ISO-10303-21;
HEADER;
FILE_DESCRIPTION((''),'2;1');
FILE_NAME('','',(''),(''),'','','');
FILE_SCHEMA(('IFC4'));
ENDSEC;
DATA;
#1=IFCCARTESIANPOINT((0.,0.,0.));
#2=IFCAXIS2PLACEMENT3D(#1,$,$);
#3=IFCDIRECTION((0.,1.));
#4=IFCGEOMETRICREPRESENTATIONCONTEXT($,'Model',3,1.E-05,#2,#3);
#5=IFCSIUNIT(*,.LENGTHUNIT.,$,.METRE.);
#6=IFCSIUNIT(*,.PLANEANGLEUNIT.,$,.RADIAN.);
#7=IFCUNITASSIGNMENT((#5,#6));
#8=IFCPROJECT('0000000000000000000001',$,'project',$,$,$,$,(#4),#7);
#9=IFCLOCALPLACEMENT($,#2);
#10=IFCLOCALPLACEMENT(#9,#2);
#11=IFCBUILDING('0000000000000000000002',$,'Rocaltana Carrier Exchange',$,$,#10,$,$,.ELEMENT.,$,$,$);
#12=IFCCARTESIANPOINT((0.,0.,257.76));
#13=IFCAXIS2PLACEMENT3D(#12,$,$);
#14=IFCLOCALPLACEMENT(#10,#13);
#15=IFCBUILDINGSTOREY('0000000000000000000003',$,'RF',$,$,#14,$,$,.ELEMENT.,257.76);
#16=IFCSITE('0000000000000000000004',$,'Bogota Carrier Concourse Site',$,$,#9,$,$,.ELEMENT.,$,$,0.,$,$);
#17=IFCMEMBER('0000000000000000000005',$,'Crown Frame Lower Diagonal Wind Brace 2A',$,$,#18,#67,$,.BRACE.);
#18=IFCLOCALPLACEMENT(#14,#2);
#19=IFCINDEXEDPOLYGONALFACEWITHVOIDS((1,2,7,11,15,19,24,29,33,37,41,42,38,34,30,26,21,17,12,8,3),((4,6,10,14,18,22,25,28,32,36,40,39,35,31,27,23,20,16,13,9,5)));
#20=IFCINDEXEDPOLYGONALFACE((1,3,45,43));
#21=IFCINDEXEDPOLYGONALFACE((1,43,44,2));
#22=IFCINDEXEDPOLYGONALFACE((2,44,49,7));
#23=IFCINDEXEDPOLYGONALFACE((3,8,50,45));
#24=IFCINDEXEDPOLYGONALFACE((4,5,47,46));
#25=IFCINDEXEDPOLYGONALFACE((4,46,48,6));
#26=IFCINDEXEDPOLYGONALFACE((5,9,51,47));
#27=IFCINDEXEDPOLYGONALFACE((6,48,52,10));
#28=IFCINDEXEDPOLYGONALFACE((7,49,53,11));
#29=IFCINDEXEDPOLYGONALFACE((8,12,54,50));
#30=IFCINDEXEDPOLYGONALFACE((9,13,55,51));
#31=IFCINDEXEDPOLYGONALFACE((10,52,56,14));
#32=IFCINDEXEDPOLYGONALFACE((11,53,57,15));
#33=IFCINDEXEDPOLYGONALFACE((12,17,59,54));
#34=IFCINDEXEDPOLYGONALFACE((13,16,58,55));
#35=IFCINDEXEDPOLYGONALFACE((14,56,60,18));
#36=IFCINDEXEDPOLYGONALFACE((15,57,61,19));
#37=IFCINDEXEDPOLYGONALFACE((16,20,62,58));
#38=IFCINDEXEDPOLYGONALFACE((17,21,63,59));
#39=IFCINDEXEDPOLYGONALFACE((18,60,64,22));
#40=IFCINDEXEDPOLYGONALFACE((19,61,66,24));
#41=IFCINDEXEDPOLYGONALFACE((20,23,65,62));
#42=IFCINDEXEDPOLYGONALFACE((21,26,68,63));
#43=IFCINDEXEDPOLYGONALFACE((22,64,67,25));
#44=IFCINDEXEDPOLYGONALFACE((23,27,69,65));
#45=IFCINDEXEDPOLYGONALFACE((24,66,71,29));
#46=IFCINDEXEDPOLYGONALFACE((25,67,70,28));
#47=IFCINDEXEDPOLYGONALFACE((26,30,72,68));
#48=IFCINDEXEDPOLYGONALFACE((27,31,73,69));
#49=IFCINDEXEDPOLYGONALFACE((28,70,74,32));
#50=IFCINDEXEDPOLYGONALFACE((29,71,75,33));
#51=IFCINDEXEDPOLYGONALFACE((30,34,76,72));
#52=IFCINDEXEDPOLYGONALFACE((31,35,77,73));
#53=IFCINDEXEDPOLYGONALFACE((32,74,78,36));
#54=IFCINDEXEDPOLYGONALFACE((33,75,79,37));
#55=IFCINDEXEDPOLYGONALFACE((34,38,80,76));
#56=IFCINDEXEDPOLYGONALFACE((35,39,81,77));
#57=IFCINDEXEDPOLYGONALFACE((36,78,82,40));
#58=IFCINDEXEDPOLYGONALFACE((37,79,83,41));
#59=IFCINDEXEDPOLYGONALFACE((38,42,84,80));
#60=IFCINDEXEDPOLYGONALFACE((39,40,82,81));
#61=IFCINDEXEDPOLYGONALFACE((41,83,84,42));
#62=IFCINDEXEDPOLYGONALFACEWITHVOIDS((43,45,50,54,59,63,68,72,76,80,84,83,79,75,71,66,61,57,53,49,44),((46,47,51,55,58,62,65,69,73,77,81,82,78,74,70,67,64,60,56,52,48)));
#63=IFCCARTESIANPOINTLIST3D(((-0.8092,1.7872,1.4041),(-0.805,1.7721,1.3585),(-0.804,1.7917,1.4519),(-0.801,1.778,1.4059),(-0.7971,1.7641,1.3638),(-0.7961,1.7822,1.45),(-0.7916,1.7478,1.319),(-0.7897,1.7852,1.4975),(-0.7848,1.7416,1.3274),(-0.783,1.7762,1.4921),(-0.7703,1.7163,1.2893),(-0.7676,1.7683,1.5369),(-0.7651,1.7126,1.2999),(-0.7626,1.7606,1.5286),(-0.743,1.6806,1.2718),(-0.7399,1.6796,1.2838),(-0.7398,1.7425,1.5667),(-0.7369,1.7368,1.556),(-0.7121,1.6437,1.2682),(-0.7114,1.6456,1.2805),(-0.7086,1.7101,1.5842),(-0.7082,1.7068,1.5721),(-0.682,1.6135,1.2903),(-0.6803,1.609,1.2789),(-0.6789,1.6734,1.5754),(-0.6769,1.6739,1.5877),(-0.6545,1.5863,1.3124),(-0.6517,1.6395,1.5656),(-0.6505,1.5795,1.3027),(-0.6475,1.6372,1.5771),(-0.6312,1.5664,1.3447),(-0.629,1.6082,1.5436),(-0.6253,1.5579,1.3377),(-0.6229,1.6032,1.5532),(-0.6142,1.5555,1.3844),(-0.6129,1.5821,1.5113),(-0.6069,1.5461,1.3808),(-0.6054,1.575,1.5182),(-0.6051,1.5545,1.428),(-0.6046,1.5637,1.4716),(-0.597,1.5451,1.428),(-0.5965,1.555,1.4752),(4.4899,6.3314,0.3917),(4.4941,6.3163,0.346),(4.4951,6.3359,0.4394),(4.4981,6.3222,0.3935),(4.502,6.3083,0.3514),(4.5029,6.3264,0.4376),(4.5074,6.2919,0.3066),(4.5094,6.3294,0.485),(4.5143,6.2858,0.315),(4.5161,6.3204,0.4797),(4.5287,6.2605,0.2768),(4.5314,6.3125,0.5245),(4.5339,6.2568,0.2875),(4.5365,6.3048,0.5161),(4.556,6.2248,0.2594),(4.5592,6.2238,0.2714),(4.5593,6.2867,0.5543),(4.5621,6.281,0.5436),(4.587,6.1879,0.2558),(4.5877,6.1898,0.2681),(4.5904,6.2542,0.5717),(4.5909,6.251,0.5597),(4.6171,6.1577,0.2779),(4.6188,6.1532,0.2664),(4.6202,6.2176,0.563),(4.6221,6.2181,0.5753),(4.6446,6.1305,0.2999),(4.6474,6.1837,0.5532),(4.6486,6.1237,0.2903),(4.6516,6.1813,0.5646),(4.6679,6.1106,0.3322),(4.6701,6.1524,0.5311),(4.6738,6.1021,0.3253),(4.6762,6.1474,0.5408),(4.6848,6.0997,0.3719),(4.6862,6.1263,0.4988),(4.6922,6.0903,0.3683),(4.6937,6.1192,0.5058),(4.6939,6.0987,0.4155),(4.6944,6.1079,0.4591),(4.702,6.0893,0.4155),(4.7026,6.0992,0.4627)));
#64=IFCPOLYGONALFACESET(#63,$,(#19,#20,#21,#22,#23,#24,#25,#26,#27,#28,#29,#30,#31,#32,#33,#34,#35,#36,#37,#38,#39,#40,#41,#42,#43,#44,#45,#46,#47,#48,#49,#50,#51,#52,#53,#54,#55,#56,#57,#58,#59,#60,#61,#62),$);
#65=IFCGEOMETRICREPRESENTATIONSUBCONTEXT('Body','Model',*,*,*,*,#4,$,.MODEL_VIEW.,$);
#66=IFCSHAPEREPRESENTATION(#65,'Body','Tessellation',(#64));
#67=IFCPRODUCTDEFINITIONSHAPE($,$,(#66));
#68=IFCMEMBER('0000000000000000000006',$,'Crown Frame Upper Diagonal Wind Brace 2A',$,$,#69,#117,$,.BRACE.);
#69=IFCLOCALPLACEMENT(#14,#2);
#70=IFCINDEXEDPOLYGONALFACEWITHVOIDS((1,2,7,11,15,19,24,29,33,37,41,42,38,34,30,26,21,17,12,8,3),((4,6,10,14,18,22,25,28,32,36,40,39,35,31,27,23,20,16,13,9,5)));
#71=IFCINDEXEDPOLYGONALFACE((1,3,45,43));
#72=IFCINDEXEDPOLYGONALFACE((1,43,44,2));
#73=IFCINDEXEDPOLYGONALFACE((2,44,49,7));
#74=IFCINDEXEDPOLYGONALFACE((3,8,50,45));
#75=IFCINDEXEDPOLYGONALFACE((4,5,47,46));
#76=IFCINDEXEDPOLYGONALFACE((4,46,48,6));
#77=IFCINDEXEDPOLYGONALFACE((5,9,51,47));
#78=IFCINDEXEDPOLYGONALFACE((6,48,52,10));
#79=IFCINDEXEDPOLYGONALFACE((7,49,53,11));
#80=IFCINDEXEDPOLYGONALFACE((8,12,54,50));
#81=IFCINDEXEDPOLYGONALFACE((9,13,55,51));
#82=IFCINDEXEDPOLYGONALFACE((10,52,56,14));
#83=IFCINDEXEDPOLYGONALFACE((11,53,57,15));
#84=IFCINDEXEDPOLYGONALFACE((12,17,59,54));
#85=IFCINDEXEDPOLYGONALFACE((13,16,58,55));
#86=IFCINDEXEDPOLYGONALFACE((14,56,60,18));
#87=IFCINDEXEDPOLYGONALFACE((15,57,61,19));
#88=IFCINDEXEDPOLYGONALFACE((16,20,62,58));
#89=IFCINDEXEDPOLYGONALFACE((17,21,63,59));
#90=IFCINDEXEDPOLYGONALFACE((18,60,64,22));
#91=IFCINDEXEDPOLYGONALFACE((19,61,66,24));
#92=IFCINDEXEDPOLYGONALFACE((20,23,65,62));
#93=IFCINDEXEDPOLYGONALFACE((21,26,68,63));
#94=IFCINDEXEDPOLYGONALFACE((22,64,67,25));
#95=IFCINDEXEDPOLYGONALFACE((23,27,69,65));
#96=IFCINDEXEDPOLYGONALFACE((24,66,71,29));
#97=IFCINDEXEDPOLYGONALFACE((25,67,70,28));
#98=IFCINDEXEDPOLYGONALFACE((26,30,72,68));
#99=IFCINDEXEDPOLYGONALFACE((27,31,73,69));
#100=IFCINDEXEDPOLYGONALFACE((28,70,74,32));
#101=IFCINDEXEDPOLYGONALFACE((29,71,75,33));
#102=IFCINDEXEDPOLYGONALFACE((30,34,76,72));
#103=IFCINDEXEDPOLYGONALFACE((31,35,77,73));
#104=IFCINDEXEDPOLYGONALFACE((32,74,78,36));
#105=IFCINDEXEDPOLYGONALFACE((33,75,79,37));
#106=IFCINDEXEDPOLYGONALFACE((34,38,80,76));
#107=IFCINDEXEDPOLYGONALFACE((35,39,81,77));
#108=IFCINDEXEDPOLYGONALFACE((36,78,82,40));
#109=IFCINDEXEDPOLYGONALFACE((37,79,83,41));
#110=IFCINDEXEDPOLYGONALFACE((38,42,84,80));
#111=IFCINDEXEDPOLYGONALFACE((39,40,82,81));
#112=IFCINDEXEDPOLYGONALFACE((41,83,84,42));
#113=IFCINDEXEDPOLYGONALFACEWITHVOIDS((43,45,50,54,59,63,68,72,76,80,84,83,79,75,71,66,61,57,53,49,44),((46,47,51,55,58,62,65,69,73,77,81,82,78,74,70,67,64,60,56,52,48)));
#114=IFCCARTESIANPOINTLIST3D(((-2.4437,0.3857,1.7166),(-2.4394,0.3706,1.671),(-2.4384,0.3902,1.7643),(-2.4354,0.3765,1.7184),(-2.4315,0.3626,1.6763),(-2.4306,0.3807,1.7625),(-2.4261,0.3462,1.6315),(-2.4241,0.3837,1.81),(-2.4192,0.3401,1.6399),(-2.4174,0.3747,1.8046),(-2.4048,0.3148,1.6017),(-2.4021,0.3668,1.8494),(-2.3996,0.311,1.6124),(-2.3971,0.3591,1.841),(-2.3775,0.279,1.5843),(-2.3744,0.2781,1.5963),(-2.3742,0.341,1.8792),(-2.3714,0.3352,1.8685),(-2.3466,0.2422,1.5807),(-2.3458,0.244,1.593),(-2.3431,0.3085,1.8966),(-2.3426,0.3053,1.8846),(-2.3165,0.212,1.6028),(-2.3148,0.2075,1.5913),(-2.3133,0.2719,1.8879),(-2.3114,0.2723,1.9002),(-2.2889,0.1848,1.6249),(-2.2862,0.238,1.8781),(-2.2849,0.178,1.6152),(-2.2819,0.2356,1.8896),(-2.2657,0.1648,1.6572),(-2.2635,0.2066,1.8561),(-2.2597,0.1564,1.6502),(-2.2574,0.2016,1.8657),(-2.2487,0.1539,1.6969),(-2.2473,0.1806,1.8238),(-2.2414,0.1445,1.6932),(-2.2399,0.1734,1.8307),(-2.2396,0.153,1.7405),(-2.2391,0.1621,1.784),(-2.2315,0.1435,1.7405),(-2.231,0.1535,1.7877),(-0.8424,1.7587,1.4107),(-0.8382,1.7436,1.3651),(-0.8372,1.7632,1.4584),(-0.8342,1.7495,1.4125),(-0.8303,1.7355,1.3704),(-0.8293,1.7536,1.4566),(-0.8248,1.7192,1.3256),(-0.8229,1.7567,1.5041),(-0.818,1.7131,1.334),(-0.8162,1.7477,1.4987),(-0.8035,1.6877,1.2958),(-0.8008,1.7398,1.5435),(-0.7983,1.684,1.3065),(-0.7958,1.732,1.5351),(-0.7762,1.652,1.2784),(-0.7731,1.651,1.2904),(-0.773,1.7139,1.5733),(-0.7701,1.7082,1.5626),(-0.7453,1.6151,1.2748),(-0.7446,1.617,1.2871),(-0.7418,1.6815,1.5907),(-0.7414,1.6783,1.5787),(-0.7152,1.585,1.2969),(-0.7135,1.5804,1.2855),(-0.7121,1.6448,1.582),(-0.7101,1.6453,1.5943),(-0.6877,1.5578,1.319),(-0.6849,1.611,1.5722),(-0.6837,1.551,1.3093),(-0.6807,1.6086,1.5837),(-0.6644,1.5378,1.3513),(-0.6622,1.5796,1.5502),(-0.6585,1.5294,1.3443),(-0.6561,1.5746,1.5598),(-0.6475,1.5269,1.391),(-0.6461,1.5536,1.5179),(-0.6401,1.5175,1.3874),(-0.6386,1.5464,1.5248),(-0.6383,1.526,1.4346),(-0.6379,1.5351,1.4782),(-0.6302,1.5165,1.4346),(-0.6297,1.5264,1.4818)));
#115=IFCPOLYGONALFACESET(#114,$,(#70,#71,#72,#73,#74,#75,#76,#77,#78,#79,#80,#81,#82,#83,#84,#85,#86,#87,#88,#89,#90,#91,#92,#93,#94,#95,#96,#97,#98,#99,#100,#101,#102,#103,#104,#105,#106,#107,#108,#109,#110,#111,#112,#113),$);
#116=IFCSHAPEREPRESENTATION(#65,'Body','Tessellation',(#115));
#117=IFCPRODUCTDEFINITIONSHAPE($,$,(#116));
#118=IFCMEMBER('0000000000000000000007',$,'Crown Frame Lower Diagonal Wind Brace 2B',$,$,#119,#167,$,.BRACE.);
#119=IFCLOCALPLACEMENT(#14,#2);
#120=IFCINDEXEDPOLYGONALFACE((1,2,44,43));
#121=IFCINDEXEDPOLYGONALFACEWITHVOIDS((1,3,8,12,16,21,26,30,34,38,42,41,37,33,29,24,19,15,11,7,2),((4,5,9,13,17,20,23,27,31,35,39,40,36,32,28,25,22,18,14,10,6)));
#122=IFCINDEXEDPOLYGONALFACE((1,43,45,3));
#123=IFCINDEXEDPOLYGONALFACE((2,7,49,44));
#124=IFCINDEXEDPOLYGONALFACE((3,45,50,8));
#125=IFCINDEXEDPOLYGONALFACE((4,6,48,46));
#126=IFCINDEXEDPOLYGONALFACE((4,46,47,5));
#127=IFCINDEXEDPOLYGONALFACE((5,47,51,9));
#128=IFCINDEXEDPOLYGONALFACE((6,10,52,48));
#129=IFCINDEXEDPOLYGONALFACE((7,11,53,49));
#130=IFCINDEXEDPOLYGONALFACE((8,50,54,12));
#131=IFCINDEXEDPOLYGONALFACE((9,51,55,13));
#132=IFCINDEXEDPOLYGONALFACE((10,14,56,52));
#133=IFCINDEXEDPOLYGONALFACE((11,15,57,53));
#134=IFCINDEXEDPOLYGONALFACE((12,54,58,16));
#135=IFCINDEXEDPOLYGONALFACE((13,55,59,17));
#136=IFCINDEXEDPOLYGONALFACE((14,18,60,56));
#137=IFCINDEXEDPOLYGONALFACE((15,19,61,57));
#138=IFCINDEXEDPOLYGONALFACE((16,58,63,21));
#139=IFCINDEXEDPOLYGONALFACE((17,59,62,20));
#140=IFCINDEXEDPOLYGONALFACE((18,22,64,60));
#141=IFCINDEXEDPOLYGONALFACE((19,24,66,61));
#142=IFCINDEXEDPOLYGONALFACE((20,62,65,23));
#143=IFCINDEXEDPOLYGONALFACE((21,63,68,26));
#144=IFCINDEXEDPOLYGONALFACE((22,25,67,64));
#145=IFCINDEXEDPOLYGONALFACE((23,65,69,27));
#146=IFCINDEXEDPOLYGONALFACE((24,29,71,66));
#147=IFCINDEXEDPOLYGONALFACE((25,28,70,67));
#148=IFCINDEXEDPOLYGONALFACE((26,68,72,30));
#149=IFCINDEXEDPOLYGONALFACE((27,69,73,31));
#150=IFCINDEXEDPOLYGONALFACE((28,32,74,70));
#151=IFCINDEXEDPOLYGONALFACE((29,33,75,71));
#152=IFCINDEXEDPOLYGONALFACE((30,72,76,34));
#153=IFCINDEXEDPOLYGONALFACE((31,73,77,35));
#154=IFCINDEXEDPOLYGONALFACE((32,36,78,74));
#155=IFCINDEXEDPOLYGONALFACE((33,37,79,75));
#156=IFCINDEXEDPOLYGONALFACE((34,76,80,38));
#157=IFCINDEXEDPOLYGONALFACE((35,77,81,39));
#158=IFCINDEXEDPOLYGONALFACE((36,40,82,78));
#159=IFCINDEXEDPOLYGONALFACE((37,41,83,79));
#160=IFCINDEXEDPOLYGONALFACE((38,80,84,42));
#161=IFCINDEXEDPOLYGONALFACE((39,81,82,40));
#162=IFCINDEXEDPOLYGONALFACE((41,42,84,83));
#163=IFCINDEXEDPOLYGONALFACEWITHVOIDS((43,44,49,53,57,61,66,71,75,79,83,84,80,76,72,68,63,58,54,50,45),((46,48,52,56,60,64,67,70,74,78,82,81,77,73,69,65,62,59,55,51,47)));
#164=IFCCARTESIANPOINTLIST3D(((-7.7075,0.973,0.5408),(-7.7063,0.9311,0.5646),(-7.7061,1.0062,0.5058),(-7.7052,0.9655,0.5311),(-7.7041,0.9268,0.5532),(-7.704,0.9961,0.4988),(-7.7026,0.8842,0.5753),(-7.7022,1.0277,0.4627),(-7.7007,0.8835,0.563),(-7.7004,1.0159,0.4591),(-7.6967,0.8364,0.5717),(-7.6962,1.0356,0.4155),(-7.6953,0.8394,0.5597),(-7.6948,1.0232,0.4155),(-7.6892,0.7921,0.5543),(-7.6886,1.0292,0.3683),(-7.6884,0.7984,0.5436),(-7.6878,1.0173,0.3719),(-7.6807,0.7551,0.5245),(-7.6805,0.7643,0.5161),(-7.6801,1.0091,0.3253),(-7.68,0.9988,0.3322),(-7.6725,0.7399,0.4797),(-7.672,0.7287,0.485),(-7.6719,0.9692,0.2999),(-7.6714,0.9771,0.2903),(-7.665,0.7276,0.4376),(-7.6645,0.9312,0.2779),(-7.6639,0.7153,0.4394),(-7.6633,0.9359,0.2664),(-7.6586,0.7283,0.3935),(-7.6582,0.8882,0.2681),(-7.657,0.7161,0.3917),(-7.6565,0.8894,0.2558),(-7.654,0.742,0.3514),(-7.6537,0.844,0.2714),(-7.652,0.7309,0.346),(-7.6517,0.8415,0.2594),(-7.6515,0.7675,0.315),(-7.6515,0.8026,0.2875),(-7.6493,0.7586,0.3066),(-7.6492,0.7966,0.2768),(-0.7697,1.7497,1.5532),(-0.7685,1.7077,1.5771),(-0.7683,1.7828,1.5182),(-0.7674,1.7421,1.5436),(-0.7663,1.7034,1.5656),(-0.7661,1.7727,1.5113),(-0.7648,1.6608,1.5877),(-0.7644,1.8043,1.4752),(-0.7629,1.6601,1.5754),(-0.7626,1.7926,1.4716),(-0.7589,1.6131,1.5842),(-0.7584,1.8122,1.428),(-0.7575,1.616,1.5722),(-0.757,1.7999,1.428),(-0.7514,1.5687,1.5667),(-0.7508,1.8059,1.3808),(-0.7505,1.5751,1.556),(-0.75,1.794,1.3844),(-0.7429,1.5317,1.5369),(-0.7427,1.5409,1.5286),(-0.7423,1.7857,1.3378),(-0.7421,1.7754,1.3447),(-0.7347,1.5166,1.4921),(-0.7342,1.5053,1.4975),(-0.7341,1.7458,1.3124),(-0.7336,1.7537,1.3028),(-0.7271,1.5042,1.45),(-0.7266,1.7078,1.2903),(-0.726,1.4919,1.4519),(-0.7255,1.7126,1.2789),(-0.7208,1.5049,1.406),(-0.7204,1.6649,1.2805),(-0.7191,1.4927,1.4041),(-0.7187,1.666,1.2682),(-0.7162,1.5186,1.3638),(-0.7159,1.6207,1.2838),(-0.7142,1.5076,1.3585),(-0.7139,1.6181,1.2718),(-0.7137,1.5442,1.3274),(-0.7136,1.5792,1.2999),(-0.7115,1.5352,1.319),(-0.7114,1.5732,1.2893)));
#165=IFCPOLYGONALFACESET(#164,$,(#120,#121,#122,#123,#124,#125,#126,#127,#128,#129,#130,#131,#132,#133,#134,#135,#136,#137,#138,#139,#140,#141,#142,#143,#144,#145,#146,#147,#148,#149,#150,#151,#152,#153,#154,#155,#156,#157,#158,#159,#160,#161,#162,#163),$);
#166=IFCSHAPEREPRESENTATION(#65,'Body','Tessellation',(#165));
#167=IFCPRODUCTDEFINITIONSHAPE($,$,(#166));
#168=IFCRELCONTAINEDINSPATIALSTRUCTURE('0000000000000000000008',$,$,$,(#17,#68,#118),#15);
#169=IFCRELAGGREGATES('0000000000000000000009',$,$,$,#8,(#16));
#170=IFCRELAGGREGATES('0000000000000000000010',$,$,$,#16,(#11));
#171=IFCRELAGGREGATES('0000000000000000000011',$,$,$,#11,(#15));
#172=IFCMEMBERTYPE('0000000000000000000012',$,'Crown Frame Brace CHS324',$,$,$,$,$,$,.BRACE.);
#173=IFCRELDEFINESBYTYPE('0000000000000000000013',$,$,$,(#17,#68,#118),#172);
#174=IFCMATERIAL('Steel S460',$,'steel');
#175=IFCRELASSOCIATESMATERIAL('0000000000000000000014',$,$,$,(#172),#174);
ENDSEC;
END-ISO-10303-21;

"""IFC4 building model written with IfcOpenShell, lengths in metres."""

from ifc_helpers import new_model, si_unit, direction, frame, origin, origin_2d, place, context, subcontext, project, spatial, hollow_circle, extrude, material, material_profile, profile_set, type_object, element, save


model = new_model("IFC4")

# Units and contexts
model_context = context("Model", 3, precision=1e-05, world=origin(), true_north=direction((0.0, 1.0)))
body_context = subcontext(model_context, "Body", "Model", "MODEL_VIEW")
ifc_project = project(units=[si_unit("LENGTHUNIT", "METRE"), si_unit("PLANEANGLEUNIT", "RADIAN")], contexts=[model_context])

# Site, building, storey
site_placement = place(None, origin())
site = spatial("IfcSite", under=ifc_project, at=site_placement, Name="Bogota Carrier Concourse Site", CompositionType="ELEMENT", RefElevation=0.0)
building_placement = place(site_placement, origin())
building = spatial("IfcBuilding", under=site, at=building_placement, Name="Rocaltana Carrier Exchange", CompositionType="ELEMENT")
storey_placement = place(building_placement, frame((0.0, 0.0, 257.76)))
storey = spatial("IfcBuildingStorey", under=building, at=storey_placement, Name="RF", CompositionType="ELEMENT", Elevation=257.76)

# Members
ifc_material_1 = material(Name="Steel S460", Category="steel")
ifc_material_profile_1 = material_profile(ifc_material_1, hollow_circle(Radius=0.1619, WallThickness=0.0125, at=origin_2d()), Name="CHS323.9X12.5")
ifc_profile_set_1 = profile_set([ifc_material_profile_1], Name="Steel S460")
member_type_1 = type_object("IfcMemberType", Name="Crown Frame Brace CHS324", PredefinedType="BRACE", material=ifc_profile_set_1)
member_1_placement = place(storey_placement, frame((4.5967, 6.2122, 0.4155), z_axis=(-0.751246, -0.644226, 0.143534), x_axis=(0.650967, -0.759106, 0.0)))
element("IfcMember", 1, at=member_1_placement, inside=storey, type_object=member_type_1, Name="Crown Frame Lower Diagonal Wind Brace 2A", PredefinedType="BRACE", context=body_context, shape_type="SweptSolid", body=[
    extrude(hollow_circle(Radius=0.1619, WallThickness=0.0125, at=origin_2d()), origin(), (0.0, 0.0, 1.0), 7.0537),
])
member_2_placement = place(storey_placement, frame((-0.7356, 1.6394, 1.4346), z_axis=(-0.751283, -0.644186, 0.143522), x_axis=(0.650925, -0.759142, 0.0)))
element("IfcMember", 2, at=member_2_placement, inside=storey, type_object=member_type_1, Name="Crown Frame Upper Diagonal Wind Brace 2A", PredefinedType="BRACE", context=body_context, shape_type="SweptSolid", body=[
    extrude(hollow_circle(Radius=0.1619, WallThickness=0.0125, at=origin_2d()), origin(), (0.0, 0.0, 1.0), 2.1313),
])
member_3_placement = place(storey_placement, frame((-7.6782, 0.8748, 0.4155), z_axis=(0.983504, 0.110093, 0.143526), x_axis=(-0.111245, 0.993793, 0.0)))
element("IfcMember", 3, at=member_3_placement, inside=storey, type_object=member_type_1, Name="Crown Frame Lower Diagonal Wind Brace 2B", PredefinedType="BRACE", context=body_context, shape_type="SweptSolid", body=[
    extrude(hollow_circle(Radius=0.1619, WallThickness=0.0125, at=origin_2d()), origin(), (0.0, 0.0, 1.0), 7.0542),
])

save(model, "model.ifc")
